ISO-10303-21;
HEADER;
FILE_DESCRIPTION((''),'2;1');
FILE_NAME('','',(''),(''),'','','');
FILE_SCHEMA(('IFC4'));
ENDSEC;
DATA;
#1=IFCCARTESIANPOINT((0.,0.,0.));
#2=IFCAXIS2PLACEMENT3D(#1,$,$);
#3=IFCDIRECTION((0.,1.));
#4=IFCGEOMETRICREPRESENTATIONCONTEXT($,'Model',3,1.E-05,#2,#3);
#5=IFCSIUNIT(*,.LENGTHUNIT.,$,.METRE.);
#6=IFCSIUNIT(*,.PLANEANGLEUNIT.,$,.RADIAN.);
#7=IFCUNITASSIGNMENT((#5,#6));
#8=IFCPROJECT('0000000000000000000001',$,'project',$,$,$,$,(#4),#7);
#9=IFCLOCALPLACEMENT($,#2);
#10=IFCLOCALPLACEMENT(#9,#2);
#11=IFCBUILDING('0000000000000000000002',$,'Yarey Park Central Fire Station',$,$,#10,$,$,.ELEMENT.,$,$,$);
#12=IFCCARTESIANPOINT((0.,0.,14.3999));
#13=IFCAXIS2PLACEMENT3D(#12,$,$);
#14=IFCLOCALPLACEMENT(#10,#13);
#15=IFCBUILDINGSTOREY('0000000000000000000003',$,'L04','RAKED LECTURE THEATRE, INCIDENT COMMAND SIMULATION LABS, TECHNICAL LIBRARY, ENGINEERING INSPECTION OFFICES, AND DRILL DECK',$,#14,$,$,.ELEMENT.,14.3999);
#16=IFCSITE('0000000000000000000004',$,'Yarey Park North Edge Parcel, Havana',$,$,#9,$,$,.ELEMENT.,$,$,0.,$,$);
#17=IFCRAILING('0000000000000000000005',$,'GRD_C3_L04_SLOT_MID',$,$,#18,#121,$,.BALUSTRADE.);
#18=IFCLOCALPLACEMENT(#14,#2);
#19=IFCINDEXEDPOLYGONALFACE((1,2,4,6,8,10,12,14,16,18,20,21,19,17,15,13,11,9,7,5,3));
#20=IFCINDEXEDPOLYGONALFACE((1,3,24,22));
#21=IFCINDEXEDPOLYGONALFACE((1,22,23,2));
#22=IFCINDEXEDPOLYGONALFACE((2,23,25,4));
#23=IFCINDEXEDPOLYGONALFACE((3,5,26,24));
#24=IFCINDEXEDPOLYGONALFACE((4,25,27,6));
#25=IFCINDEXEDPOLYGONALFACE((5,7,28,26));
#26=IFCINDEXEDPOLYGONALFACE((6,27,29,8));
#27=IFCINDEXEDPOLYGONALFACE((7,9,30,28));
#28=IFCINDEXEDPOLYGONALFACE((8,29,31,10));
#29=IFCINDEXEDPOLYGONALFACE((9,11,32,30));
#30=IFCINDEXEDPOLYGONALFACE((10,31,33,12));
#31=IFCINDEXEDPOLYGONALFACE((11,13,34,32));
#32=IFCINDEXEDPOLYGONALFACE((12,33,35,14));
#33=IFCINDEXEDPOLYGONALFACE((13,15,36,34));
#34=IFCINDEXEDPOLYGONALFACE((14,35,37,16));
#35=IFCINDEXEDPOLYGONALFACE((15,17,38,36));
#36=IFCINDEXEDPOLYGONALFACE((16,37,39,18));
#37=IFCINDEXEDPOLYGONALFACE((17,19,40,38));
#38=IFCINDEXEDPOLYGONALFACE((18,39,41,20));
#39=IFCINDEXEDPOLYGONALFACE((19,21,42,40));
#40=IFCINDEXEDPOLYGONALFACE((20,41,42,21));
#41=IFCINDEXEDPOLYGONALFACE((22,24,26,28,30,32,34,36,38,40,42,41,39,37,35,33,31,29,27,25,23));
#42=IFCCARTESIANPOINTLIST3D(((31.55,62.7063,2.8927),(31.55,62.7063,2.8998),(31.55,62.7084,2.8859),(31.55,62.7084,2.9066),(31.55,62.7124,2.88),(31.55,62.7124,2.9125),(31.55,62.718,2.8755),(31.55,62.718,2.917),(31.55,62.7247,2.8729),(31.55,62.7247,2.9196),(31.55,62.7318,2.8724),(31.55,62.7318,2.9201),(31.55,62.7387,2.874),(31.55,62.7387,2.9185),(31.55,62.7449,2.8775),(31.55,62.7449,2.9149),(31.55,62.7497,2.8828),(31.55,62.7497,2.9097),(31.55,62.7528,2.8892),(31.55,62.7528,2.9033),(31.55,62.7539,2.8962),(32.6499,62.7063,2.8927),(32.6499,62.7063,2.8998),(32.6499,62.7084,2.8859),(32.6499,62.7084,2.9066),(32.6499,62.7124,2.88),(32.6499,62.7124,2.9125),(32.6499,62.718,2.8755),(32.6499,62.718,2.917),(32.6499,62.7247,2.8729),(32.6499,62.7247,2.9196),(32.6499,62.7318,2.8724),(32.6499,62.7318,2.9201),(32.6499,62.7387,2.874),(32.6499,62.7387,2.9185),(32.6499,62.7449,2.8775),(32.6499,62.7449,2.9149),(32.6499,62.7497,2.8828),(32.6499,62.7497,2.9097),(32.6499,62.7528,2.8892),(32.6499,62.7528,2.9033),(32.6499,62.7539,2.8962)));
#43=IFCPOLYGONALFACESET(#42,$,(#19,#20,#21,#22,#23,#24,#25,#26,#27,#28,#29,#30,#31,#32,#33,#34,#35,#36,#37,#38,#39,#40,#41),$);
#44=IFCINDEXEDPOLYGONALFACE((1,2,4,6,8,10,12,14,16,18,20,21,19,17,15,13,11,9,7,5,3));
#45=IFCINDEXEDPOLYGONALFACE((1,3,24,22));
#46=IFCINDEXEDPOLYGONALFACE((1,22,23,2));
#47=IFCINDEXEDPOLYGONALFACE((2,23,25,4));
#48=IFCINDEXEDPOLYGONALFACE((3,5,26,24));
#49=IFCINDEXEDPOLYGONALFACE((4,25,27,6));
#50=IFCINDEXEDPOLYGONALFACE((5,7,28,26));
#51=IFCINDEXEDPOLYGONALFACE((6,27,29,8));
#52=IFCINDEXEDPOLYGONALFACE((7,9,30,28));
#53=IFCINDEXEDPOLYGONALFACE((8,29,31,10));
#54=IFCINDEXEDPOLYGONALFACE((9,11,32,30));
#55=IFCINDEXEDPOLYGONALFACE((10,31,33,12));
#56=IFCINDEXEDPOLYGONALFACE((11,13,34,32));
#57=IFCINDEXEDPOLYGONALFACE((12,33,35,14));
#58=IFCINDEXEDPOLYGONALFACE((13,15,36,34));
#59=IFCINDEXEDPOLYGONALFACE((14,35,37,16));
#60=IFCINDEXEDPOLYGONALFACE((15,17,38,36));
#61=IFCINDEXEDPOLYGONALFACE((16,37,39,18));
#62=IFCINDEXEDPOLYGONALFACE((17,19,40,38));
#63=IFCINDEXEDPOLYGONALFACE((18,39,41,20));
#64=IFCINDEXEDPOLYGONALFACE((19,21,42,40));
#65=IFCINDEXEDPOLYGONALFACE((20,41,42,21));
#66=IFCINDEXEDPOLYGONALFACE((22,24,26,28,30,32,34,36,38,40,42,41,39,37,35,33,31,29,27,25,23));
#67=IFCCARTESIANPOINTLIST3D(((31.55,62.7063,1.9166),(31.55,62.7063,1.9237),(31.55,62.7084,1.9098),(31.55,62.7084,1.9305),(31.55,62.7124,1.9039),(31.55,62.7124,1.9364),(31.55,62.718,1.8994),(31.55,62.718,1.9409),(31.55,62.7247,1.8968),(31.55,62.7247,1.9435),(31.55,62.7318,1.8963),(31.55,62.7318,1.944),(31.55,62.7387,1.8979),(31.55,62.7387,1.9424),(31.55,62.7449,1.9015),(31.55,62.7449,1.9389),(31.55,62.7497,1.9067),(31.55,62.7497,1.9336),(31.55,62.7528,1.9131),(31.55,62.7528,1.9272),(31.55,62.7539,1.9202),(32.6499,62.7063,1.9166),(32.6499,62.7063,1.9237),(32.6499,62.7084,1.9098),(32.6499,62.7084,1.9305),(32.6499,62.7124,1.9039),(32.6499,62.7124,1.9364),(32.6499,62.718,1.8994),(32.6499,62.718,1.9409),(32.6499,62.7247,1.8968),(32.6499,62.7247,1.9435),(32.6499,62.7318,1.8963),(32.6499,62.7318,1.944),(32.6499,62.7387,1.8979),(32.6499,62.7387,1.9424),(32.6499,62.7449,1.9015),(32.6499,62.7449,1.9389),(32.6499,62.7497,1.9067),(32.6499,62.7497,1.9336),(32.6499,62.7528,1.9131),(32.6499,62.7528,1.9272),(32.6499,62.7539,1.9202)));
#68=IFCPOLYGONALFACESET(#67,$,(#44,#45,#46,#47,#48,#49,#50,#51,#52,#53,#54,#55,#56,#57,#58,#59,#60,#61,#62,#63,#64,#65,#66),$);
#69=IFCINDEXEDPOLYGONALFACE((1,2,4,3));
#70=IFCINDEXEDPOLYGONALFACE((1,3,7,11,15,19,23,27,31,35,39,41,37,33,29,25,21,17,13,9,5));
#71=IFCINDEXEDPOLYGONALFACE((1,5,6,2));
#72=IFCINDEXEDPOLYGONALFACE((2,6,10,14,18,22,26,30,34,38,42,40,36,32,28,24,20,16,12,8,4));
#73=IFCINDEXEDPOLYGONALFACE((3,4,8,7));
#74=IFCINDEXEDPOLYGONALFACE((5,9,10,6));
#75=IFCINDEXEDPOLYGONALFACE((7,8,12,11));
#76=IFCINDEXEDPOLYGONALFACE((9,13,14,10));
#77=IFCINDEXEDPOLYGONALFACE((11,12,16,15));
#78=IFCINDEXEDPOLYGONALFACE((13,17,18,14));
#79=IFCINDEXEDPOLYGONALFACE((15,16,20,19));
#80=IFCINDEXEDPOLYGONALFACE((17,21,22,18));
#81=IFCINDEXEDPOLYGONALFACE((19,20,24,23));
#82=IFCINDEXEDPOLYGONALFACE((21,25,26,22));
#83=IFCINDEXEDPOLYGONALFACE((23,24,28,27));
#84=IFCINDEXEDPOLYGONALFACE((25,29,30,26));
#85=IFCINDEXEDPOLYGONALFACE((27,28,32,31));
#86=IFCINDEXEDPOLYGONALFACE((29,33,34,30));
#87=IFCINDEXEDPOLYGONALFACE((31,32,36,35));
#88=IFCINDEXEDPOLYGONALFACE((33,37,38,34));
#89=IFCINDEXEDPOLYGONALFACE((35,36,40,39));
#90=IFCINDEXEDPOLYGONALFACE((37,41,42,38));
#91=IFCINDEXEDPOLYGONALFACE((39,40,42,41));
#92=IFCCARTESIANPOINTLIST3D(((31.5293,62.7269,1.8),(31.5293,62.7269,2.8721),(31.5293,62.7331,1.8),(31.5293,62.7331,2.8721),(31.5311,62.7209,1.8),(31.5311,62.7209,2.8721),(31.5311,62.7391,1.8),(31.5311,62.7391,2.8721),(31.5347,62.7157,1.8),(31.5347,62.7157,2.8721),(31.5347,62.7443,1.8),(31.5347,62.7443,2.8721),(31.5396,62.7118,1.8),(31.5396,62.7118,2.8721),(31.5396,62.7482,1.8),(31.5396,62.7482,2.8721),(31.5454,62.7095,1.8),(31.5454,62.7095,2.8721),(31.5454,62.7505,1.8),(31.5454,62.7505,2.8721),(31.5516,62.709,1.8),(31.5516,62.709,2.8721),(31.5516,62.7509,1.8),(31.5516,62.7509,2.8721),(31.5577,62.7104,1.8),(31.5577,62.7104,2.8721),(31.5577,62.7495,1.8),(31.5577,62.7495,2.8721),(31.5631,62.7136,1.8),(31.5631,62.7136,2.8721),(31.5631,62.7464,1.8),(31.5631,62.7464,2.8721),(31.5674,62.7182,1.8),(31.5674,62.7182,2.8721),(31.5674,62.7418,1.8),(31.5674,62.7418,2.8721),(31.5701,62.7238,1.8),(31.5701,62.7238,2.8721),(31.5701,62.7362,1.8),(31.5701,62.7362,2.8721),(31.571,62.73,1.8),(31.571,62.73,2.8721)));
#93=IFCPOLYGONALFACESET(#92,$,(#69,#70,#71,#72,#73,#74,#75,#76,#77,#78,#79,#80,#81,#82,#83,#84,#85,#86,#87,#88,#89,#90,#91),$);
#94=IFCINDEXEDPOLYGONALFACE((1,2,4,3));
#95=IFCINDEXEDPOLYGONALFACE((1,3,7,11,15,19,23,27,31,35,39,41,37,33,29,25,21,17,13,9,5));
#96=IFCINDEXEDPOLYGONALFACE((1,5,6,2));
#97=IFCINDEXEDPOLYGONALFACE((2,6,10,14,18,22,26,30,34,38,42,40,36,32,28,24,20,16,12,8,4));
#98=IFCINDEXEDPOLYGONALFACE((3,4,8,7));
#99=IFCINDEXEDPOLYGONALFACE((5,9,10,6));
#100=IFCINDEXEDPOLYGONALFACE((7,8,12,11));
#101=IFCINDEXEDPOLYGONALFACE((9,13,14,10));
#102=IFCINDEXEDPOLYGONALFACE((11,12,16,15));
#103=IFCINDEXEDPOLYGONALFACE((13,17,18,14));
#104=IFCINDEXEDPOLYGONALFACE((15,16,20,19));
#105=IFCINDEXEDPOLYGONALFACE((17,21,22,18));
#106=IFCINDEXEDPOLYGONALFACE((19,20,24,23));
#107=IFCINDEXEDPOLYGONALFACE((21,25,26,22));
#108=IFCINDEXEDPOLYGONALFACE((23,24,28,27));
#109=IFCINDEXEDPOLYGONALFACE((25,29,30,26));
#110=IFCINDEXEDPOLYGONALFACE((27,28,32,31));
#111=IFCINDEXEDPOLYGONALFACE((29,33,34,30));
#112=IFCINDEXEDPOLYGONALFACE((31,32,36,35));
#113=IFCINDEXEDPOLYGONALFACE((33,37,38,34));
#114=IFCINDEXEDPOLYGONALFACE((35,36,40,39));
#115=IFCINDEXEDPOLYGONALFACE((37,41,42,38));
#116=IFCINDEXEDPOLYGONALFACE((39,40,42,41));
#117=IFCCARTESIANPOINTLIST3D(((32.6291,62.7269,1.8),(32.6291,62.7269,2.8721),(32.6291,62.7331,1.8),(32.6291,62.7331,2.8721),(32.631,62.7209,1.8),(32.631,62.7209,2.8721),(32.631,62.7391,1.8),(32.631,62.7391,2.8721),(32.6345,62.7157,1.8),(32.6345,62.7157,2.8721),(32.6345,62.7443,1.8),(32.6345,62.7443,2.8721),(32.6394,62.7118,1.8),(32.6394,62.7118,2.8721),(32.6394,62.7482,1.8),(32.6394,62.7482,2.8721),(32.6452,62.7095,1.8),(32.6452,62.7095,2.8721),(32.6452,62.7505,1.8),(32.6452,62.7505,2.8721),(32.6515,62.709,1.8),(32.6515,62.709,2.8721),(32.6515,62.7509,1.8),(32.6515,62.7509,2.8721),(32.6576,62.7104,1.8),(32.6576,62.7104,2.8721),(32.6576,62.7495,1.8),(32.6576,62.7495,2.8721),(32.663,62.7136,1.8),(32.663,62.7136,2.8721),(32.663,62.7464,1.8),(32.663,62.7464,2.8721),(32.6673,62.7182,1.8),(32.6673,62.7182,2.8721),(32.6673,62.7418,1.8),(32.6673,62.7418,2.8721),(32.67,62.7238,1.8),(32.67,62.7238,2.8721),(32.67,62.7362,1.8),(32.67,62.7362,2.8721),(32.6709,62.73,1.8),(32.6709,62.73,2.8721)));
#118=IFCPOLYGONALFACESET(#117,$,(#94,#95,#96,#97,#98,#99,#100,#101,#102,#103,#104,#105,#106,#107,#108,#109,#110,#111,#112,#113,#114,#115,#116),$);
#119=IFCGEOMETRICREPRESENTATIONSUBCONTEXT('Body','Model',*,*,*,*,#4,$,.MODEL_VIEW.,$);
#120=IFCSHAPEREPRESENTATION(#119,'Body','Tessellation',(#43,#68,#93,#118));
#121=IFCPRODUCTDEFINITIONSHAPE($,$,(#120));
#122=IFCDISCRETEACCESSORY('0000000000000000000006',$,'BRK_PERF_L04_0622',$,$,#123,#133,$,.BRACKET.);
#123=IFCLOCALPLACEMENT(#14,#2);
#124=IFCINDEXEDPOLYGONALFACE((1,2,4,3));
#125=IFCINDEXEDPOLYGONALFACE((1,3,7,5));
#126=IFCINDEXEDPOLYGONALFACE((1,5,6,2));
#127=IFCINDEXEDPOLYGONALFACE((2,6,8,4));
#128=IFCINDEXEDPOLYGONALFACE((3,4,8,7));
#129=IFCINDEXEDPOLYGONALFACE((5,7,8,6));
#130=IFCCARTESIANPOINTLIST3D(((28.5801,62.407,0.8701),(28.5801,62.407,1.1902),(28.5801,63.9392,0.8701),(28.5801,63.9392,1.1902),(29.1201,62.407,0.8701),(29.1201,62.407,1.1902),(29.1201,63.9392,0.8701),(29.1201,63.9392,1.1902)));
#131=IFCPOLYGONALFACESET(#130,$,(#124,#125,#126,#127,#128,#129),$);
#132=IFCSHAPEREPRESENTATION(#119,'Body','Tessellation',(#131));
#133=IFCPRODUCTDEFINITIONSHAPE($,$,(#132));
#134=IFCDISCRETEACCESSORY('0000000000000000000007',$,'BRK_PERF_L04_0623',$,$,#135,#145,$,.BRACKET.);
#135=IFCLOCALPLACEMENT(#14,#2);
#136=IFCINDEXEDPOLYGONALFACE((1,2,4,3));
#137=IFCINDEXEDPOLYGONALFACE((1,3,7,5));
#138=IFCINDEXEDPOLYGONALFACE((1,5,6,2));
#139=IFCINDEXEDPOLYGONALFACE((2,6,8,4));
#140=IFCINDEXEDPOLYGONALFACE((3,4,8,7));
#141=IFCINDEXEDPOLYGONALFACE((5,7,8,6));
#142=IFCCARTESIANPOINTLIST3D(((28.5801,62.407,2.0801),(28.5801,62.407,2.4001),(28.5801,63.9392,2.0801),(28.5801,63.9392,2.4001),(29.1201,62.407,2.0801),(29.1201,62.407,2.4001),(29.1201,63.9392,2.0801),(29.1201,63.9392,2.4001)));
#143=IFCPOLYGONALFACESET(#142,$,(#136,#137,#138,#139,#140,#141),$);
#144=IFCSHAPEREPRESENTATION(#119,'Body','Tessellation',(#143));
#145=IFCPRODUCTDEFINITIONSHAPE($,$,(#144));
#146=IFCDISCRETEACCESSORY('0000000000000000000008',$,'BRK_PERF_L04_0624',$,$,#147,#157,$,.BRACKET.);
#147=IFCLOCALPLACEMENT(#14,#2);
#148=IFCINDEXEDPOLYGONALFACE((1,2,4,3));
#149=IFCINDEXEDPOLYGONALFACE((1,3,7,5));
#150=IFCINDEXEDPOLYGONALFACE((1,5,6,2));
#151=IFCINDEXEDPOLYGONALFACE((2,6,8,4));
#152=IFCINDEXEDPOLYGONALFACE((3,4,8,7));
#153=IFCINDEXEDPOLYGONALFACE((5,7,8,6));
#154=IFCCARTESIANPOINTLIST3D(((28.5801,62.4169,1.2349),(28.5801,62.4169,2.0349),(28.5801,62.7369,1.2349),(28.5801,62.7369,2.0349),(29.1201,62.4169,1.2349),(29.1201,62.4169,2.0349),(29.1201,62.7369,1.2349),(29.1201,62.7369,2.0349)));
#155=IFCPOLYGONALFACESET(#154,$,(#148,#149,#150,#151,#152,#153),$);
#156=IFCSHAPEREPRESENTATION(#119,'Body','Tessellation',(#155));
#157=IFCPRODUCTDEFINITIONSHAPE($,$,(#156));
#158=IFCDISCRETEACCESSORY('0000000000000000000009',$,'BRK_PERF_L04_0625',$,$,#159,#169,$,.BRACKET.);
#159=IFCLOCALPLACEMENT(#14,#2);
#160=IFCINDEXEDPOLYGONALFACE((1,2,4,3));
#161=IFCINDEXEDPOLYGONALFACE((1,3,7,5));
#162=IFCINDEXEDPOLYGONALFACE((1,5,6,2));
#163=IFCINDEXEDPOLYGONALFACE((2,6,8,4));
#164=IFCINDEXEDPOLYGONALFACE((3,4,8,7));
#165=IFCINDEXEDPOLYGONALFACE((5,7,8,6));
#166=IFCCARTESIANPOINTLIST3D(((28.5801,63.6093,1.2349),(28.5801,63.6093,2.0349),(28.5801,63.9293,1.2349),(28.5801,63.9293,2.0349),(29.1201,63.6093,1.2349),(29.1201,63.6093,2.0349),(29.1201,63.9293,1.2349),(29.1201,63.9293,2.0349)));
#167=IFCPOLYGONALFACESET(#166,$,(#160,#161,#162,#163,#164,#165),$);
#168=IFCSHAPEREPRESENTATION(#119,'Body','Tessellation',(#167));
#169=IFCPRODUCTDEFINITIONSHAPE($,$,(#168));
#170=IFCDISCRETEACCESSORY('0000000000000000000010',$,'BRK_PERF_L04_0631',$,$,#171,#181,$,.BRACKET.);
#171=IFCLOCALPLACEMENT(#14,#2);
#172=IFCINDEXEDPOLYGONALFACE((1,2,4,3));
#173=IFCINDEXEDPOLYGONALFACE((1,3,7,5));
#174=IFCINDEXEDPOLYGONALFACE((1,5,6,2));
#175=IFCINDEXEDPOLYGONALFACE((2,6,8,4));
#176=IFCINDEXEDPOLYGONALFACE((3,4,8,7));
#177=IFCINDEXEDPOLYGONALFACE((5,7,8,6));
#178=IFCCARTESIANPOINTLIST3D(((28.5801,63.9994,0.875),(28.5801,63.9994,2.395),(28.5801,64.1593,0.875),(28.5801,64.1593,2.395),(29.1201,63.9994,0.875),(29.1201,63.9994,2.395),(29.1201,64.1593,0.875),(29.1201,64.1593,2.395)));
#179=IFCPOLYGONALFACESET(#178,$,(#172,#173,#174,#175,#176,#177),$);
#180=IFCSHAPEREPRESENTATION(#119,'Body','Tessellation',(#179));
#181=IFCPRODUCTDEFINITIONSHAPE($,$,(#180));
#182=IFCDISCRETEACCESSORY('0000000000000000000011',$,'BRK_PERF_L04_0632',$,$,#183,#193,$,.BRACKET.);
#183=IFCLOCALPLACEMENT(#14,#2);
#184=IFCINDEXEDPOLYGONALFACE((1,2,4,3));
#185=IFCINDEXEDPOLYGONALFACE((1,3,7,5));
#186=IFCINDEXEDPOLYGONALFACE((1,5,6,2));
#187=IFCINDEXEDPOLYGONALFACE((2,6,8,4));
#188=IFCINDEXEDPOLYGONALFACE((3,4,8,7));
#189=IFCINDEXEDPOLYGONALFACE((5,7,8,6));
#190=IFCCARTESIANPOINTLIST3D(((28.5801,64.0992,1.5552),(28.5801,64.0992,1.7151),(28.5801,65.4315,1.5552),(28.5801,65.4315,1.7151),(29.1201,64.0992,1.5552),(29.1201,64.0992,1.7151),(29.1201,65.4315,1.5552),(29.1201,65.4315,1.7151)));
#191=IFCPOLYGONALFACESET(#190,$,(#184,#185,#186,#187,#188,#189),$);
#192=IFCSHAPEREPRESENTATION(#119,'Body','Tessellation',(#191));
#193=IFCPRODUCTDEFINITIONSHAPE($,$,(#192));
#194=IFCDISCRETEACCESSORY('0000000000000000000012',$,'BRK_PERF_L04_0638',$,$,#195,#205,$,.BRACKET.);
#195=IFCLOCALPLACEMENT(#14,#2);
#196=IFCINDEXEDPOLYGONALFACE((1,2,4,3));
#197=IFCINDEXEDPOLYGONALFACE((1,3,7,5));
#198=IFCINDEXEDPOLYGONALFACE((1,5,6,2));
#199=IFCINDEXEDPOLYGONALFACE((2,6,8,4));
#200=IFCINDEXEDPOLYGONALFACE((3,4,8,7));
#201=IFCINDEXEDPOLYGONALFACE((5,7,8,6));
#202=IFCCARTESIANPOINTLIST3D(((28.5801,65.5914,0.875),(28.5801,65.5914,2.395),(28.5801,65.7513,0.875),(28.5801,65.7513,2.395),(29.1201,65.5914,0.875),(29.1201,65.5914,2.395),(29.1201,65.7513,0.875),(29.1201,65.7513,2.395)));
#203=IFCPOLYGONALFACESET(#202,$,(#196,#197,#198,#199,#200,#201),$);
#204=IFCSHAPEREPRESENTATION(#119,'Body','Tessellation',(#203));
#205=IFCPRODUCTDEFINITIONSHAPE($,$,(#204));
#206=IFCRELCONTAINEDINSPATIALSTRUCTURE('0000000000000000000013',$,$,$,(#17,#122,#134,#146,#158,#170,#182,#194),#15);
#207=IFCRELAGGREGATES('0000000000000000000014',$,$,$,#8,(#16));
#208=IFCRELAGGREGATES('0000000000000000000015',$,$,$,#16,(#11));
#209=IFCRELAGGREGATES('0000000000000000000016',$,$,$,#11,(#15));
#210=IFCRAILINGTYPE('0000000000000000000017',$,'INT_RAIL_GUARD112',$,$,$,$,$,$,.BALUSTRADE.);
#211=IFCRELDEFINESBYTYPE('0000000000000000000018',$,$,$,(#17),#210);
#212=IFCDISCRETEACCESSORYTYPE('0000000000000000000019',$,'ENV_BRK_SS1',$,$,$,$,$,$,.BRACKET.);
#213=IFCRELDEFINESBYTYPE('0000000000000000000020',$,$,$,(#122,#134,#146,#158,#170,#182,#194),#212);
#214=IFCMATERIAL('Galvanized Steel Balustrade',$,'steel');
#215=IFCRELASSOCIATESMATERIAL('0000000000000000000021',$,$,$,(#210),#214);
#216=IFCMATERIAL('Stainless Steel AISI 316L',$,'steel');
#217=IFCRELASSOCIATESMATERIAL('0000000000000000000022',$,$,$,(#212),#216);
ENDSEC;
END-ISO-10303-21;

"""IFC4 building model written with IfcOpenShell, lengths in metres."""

from ifc_helpers import new_model, si_unit, direction, frame, origin, origin_2d, place, context, subcontext, project, spatial, rectangle, circle, extrude, material, type_object, element, save


model = new_model("IFC4")

# Units and contexts
model_context = context("Model", 3, precision=1e-05, world=origin(), true_north=direction((0.0, 1.0)))
body_context = subcontext(model_context, "Body", "Model", "MODEL_VIEW")
ifc_project = project(units=[si_unit("LENGTHUNIT", "METRE"), si_unit("PLANEANGLEUNIT", "RADIAN")], contexts=[model_context])

# Site, building, storey
site_placement = place(None, origin())
site = spatial("IfcSite", under=ifc_project, at=site_placement, Name="Yarey Park North Edge Parcel, Havana", CompositionType="ELEMENT", RefElevation=0.0)
building_placement = place(site_placement, origin())
building = spatial("IfcBuilding", under=site, at=building_placement, Name="Yarey Park Central Fire Station", CompositionType="ELEMENT")
storey_placement = place(building_placement, frame((0.0, 0.0, 14.3999)))
storey = spatial("IfcBuildingStorey", under=building, at=storey_placement, Name="L04", Description="RAKED LECTURE THEATRE, INCIDENT COMMAND SIMULATION LABS, TECHNICAL LIBRARY, ENGINEERING INSPECTION OFFICES, AND DRILL DECK", CompositionType="ELEMENT", Elevation=14.3999)

# Railing
ifc_material_1 = material(Name="Galvanized Steel Balustrade", Category="steel")
railing_type = type_object("IfcRailingType", Name="INT_RAIL_GUARD112", PredefinedType="BALUSTRADE", material=ifc_material_1)
railing_1_placement = place(storey_placement, frame((31.55, 62.73, 1.8)))
element("IfcRailing", 1, at=railing_1_placement, inside=storey, type_object=railing_type, Name="GRD_C3_L04_SLOT_MID", PredefinedType="BALUSTRADE", context=body_context, shape_type="SweptSolid", body=[
    extrude(circle(Radius=0.0239, at=origin_2d()), frame((0.0, 0.0, 1.0962), z_axis=(1.0, 0.0, 0.0), x_axis=(0.0, 1.0, 0.0)), (0.0, 0.0, 1.0), 1.0999),
    extrude(circle(Radius=0.0239, at=origin_2d()), frame((0.0, 0.0, 0.1201), z_axis=(1.0, 0.0, 0.0), x_axis=(0.0, 1.0, 0.0)), (0.0, 0.0, 1.0), 1.0999),
    extrude(circle(Radius=0.021, at=origin_2d()), origin(), (0.0, 0.0, 1.0), 1.072),
    extrude(circle(Radius=0.021, at=origin_2d()), frame((1.0999, 0.0, 0.0)), (0.0, 0.0, 1.0), 1.072),
])

# Discrete accessories
ifc_material_2 = material(Name="Stainless Steel AISI 316L", Category="steel")
discrete_accessory_type = type_object("IfcDiscreteAccessoryType", Name="ENV_BRK_SS1", PredefinedType="BRACKET", material=ifc_material_2)
for number, where, z_axis, x_axis, name in (
    (2, (28.8501, 63.1731, 0.8701), (0.0, 0.0, 1.0), (1.0, 0.0, 0.0), "BRK_PERF_L04_0622"),
    (3, (28.8501, 63.1731, 2.0801), (0.0, 0.0, 1.0), (1.0, 0.0, 0.0), "BRK_PERF_L04_0623"),
):
    element("IfcDiscreteAccessory", number, at=place(storey_placement, frame(where, z_axis=z_axis, x_axis=x_axis)), inside=storey, type_object=discrete_accessory_type, Name=name, PredefinedType="BRACKET", context=body_context, shape_type="SweptSolid", body=[
        extrude(rectangle(XDim=0.54, YDim=1.5322, at=origin_2d()), origin(), (0.0, 0.0, 1.0), 0.3201),
    ])
for number, where, z_axis, x_axis, name in (
    (4, (28.8501, 62.5769, 1.2349), (0.0, 0.0, 1.0), (1.0, 0.0, 0.0), "BRK_PERF_L04_0624"),
    (5, (28.8501, 63.7693, 1.2349), (0.0, 0.0, 1.0), (1.0, 0.0, 0.0), "BRK_PERF_L04_0625"),
):
    element("IfcDiscreteAccessory", number, at=place(storey_placement, frame(where, z_axis=z_axis, x_axis=x_axis)), inside=storey, type_object=discrete_accessory_type, Name=name, PredefinedType="BRACKET", context=body_context, shape_type="SweptSolid", body=[
        extrude(rectangle(XDim=0.54, YDim=0.3201, at=origin_2d()), origin(), (0.0, 0.0, 1.0), 0.8),
    ])
discrete_accessory_1_placement = place(storey_placement, frame((28.8501, 64.0793, 0.875), z_axis=(0.0, 0.0, 1.0), x_axis=(1.0, 0.0, 0.0)))
element("IfcDiscreteAccessory", 6, at=discrete_accessory_1_placement, inside=storey, type_object=discrete_accessory_type, Name="BRK_PERF_L04_0631", PredefinedType="BRACKET", context=body_context, shape_type="SweptSolid", body=[
    extrude(rectangle(XDim=0.54, YDim=0.1599, at=origin_2d()), origin(), (0.0, 0.0, 1.0), 1.52),
])
discrete_accessory_2_placement = place(storey_placement, frame((28.8501, 64.7654, 1.5552), z_axis=(0.0, 0.0, 1.0), x_axis=(1.0, 0.0, 0.0)))
element("IfcDiscreteAccessory", 7, at=discrete_accessory_2_placement, inside=storey, type_object=discrete_accessory_type, Name="BRK_PERF_L04_0632", PredefinedType="BRACKET", context=body_context, shape_type="SweptSolid", body=[
    extrude(rectangle(XDim=0.54, YDim=1.3323, at=origin_2d()), origin(), (0.0, 0.0, 1.0), 0.1599),
])
discrete_accessory_3_placement = place(storey_placement, frame((28.8501, 65.6714, 0.875), z_axis=(0.0, 0.0, 1.0), x_axis=(1.0, 0.0, 0.0)))
element("IfcDiscreteAccessory", 8, at=discrete_accessory_3_placement, inside=storey, type_object=discrete_accessory_type, Name="BRK_PERF_L04_0638", PredefinedType="BRACKET", context=body_context, shape_type="SweptSolid", body=[
    extrude(rectangle(XDim=0.54, YDim=0.1599, at=origin_2d()), origin(), (0.0, 0.0, 1.0), 1.52),
])

save(model, "model.ifc")
